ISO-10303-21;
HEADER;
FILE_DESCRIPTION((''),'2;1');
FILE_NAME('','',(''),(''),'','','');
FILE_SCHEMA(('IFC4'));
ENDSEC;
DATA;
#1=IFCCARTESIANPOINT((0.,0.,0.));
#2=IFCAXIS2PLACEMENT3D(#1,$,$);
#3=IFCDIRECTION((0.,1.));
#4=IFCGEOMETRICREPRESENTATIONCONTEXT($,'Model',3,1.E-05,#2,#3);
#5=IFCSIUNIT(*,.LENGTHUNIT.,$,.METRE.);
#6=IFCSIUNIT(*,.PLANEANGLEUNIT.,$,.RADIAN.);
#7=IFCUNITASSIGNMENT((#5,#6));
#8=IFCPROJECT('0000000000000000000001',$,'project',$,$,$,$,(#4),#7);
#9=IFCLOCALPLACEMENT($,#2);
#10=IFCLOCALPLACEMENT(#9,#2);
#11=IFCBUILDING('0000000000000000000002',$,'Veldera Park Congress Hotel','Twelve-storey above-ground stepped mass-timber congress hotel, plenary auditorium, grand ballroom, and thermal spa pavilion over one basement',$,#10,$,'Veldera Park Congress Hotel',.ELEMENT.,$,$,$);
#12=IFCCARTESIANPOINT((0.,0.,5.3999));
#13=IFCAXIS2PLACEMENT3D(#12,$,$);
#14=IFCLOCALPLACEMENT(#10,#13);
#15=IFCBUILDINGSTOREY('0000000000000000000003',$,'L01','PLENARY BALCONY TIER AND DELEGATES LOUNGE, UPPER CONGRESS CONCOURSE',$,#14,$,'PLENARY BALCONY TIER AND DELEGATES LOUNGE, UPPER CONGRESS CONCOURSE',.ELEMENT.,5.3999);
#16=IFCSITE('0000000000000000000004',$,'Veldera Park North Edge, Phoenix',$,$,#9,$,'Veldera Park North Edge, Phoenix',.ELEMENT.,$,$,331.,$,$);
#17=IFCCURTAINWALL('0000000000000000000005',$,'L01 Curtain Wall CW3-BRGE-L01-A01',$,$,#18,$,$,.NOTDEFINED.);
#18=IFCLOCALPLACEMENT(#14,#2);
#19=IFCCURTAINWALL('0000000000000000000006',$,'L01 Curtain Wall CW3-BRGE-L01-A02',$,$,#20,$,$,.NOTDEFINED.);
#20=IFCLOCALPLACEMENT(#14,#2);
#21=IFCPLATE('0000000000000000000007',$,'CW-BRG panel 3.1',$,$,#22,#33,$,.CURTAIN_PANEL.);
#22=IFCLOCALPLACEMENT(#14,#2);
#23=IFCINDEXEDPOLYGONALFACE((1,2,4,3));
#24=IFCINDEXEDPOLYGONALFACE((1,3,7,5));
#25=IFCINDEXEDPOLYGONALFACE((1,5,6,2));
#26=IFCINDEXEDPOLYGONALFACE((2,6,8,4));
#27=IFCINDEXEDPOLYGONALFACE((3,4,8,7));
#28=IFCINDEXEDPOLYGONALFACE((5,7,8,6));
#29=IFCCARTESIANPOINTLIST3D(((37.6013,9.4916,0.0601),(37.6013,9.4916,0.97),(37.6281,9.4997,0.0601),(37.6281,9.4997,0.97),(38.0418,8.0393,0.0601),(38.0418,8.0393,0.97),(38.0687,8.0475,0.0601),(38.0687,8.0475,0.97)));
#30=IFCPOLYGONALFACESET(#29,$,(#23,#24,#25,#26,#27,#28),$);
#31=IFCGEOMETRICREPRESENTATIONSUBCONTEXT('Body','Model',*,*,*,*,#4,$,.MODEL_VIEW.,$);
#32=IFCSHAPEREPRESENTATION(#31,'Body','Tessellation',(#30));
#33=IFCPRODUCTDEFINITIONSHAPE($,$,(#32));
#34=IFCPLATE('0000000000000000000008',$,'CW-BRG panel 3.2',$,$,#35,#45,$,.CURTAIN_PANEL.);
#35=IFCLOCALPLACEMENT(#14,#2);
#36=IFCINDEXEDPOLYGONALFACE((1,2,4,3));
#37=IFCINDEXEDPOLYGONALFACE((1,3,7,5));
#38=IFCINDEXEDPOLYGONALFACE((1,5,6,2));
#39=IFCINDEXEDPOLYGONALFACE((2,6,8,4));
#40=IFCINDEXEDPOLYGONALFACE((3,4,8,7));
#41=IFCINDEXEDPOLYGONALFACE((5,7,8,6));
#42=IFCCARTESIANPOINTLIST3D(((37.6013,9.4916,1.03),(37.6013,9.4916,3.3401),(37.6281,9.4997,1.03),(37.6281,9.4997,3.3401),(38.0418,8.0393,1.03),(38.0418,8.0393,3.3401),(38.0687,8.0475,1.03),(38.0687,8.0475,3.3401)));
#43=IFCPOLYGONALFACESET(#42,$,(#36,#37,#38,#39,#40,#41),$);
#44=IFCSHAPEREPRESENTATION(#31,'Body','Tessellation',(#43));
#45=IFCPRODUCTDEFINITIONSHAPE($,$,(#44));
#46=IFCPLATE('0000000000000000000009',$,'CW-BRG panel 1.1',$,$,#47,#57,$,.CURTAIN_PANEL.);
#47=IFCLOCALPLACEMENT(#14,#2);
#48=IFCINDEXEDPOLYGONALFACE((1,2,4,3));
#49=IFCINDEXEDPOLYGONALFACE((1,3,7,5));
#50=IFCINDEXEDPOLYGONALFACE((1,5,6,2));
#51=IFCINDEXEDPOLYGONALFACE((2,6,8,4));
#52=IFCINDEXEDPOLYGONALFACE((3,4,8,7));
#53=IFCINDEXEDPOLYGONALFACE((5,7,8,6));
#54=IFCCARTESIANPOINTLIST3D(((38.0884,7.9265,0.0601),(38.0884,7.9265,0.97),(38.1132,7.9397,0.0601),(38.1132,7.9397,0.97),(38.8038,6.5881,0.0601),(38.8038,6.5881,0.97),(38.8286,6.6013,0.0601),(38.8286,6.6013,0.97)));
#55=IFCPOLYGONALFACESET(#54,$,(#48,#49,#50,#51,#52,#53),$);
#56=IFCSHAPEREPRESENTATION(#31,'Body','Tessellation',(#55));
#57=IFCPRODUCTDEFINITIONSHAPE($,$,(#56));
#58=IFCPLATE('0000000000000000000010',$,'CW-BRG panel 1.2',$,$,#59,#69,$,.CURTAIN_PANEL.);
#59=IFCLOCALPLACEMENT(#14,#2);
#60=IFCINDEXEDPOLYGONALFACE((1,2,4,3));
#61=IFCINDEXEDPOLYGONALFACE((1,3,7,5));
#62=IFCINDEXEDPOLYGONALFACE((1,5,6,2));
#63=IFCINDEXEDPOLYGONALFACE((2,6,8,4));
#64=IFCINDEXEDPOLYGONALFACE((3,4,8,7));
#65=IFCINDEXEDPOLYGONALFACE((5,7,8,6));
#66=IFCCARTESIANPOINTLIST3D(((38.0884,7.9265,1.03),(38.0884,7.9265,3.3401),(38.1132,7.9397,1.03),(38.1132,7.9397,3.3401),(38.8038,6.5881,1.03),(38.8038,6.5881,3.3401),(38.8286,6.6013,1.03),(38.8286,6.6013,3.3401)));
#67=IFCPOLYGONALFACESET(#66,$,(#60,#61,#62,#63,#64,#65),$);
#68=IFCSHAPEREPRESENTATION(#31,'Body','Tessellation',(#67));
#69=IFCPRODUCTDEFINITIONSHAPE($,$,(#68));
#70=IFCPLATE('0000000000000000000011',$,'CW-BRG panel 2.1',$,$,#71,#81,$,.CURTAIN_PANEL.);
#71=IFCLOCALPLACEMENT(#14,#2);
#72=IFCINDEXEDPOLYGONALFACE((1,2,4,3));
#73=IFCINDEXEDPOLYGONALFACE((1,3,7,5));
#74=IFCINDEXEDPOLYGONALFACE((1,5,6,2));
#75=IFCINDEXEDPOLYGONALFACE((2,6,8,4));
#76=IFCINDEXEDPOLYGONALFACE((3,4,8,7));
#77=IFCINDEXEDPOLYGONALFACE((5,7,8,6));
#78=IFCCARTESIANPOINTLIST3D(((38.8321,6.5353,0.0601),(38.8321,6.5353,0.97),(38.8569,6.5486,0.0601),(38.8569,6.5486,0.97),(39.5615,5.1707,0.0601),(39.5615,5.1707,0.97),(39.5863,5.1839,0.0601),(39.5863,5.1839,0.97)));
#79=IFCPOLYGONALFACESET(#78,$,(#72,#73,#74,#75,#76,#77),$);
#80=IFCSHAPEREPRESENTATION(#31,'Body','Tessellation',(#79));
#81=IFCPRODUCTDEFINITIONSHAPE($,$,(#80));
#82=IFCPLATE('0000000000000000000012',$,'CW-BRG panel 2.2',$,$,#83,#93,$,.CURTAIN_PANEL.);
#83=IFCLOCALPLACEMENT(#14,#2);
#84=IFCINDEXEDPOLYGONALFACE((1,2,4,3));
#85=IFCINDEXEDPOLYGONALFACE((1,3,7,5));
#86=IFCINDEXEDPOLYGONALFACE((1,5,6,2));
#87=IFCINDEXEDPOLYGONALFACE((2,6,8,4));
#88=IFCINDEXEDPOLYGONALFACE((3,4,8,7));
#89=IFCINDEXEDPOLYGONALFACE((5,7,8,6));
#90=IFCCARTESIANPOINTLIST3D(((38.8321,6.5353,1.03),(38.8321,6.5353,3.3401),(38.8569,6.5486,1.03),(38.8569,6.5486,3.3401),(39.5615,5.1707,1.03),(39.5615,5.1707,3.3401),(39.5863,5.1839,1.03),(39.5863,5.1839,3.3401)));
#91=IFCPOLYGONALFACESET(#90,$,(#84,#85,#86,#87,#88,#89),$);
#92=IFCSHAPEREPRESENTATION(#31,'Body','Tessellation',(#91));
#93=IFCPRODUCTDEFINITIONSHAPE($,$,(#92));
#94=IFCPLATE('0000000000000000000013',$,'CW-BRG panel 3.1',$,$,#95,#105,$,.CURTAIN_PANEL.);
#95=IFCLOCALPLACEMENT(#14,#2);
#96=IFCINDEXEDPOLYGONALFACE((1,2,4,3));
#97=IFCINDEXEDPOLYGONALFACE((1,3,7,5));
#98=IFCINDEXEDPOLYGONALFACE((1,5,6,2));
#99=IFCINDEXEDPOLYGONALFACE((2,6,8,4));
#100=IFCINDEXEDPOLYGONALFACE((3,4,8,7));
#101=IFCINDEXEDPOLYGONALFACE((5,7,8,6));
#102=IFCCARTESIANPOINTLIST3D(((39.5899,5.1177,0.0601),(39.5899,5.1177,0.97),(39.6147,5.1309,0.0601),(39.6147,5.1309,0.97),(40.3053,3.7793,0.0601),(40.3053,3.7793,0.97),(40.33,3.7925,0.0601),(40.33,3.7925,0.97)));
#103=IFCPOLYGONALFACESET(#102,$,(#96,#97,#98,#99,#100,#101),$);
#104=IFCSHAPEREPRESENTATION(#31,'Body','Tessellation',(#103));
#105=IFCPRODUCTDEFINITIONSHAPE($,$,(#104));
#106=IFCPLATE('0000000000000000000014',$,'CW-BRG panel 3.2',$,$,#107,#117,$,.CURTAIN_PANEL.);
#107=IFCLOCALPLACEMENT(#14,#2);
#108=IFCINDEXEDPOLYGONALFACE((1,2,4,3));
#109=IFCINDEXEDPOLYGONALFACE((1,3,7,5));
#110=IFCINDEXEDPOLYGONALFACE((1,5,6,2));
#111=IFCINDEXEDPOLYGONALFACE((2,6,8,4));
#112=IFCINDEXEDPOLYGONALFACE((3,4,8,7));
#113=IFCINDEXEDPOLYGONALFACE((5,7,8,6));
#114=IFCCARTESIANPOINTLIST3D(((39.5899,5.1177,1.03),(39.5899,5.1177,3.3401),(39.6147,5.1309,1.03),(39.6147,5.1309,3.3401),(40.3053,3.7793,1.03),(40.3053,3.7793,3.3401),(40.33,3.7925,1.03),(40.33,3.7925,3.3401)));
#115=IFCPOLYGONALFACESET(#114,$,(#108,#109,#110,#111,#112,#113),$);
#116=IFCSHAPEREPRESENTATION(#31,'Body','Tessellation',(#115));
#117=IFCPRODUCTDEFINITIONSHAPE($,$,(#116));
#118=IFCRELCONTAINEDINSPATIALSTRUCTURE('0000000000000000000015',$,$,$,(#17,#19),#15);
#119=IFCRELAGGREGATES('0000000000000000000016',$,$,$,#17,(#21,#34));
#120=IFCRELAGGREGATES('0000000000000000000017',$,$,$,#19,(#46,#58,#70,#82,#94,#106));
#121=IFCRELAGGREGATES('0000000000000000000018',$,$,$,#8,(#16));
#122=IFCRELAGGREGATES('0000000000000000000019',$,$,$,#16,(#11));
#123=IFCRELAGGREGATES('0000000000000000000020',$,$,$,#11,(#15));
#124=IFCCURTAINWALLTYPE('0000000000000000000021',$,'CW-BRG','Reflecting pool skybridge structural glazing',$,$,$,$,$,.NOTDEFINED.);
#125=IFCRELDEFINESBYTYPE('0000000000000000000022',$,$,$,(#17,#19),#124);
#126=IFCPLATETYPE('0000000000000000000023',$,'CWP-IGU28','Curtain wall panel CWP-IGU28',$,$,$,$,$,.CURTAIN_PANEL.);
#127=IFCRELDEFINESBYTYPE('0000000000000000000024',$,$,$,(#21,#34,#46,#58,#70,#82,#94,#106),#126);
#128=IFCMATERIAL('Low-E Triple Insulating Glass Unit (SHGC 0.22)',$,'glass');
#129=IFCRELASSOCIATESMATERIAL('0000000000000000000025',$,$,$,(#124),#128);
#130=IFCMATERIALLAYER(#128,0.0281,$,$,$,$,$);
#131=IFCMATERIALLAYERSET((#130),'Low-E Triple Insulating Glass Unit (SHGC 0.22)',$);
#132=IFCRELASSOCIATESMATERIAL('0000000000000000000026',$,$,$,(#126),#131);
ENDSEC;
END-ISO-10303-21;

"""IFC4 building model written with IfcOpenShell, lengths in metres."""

from ifc_helpers import new_model, si_unit, direction, frame, origin, origin_2d, place, context, subcontext, project, spatial, rectangle, extrude, material, layer, layer_set, type_object, element, aggregate, save


model = new_model("IFC4")

# Units and contexts
model_context = context("Model", 3, precision=1e-05, world=origin(), true_north=direction((0.0, 1.0)))
body_context = subcontext(model_context, "Body", "Model", "MODEL_VIEW")
ifc_project = project(units=[si_unit("LENGTHUNIT", "METRE"), si_unit("PLANEANGLEUNIT", "RADIAN")], contexts=[model_context])

# Site, building, storey
site_placement = place(None, origin())
site = spatial("IfcSite", under=ifc_project, at=site_placement, Name="Veldera Park North Edge, Phoenix", LongName="Veldera Park North Edge, Phoenix", CompositionType="ELEMENT", RefElevation=331.0)
building_placement = place(site_placement, origin())
building = spatial("IfcBuilding", under=site, at=building_placement, Name="Veldera Park Congress Hotel", Description="Twelve-storey above-ground stepped mass-timber congress hotel, plenary auditorium, grand ballroom, and thermal spa pavilion over one basement", LongName="Veldera Park Congress Hotel", CompositionType="ELEMENT")
storey_placement = place(building_placement, frame((0.0, 0.0, 5.3999)))
storey = spatial("IfcBuildingStorey", under=building, at=storey_placement, Name="L01", Description="PLENARY BALCONY TIER AND DELEGATES LOUNGE, UPPER CONGRESS CONCOURSE", LongName="PLENARY BALCONY TIER AND DELEGATES LOUNGE, UPPER CONGRESS CONCOURSE", CompositionType="ELEMENT", Elevation=5.3999)

# Curtain walls
ifc_material_1 = material(Name="Low-E Triple Insulating Glass Unit (SHGC 0.22)", Category="glass")
curtain_wall_type = type_object("IfcCurtainWallType", Name="CW-BRG", Description="Reflecting pool skybridge structural glazing", PredefinedType="NOTDEFINED", material=ifc_material_1)
curtain_wall_1_placement = place(storey_placement, origin())
curtain_wall_1 = element("IfcCurtainWall", 1, at=curtain_wall_1_placement, inside=storey, type_object=curtain_wall_type, Name="L01 Curtain Wall CW3-BRGE-L01-A01", PredefinedType="NOTDEFINED")
curtain_wall_2_placement = place(storey_placement, origin())
curtain_wall_2 = element("IfcCurtainWall", 2, at=curtain_wall_2_placement, inside=storey, type_object=curtain_wall_type, Name="L01 Curtain Wall CW3-BRGE-L01-A02", PredefinedType="NOTDEFINED")

# Plates
ifc_layer = layer(ifc_material_1, 0.0281)
ifc_layer_set = layer_set([ifc_layer], Name="Low-E Triple Insulating Glass Unit (SHGC 0.22)")
plate_type = type_object("IfcPlateType", Name="CWP-IGU28", Description="Curtain wall panel CWP-IGU28", PredefinedType="CURTAIN_PANEL", material=ifc_layer_set)
plate_1_placement = place(storey_placement, frame((37.835, 8.7695, 0.0601), z_axis=(0.0, 0.0, 1.0), x_axis=(0.290288, -0.956939, 0.0)))
plate_1 = element("IfcPlate", 3, at=plate_1_placement, type_object=plate_type, Name="CW-BRG panel 3.1", PredefinedType="CURTAIN_PANEL", context=body_context, shape_type="SweptSolid", body=[
    extrude(rectangle(XDim=1.5176, YDim=0.0281, at=origin_2d()), origin(), (0.0, 0.0, 1.0), 0.9099),
])
plate_2_placement = place(storey_placement, frame((37.835, 8.7695, 1.03), z_axis=(0.0, 0.0, 1.0), x_axis=(0.290288, -0.956939, 0.0)))
plate_2 = element("IfcPlate", 4, at=plate_2_placement, type_object=plate_type, Name="CW-BRG panel 3.2", PredefinedType="CURTAIN_PANEL", context=body_context, shape_type="SweptSolid", body=[
    extrude(rectangle(XDim=1.5176, YDim=0.0281, at=origin_2d()), origin(), (0.0, 0.0, 1.0), 2.3101),
])
aggregate(curtain_wall_1, [plate_1, plate_2])
plate_3_placement = place(storey_placement, frame((38.4585, 7.2639, 0.0601), z_axis=(0.0, 0.0, 1.0), x_axis=(0.471385, -0.881928, 0.0)))
plate_3 = element("IfcPlate", 5, at=plate_3_placement, type_object=plate_type, Name="CW-BRG panel 1.1", PredefinedType="CURTAIN_PANEL", context=body_context, shape_type="SweptSolid", body=[
    extrude(rectangle(XDim=1.5176, YDim=0.0281, at=origin_2d()), origin(), (0.0, 0.0, 1.0), 0.9099),
])
plate_4_placement = place(storey_placement, frame((38.4585, 7.2639, 1.03), z_axis=(0.0, 0.0, 1.0), x_axis=(0.471385, -0.881928, 0.0)))
plate_4 = element("IfcPlate", 6, at=plate_4_placement, type_object=plate_type, Name="CW-BRG panel 1.2", PredefinedType="CURTAIN_PANEL", context=body_context, shape_type="SweptSolid", body=[
    extrude(rectangle(XDim=1.5176, YDim=0.0281, at=origin_2d()), origin(), (0.0, 0.0, 1.0), 2.3101),
])
plate_5_placement = place(storey_placement, frame((39.2092, 5.8596, 0.0601), z_axis=(0.0, 0.0, 1.0), x_axis=(0.471385, -0.881928, 0.0)))
plate_5 = element("IfcPlate", 7, at=plate_5_placement, type_object=plate_type, Name="CW-BRG panel 2.1", PredefinedType="CURTAIN_PANEL", context=body_context, shape_type="SweptSolid", body=[
    extrude(rectangle(XDim=1.5474, YDim=0.0281, at=origin_2d()), origin(), (0.0, 0.0, 1.0), 0.9099),
])
plate_6_placement = place(storey_placement, frame((39.2092, 5.8596, 1.03), z_axis=(0.0, 0.0, 1.0), x_axis=(0.471385, -0.881928, 0.0)))
plate_6 = element("IfcPlate", 8, at=plate_6_placement, type_object=plate_type, Name="CW-BRG panel 2.2", PredefinedType="CURTAIN_PANEL", context=body_context, shape_type="SweptSolid", body=[
    extrude(rectangle(XDim=1.5474, YDim=0.0281, at=origin_2d()), origin(), (0.0, 0.0, 1.0), 2.3101),
])
plate_7_placement = place(storey_placement, frame((39.96, 4.4551, 0.0601), z_axis=(0.0, 0.0, 1.0), x_axis=(0.471385, -0.881928, 0.0)))
plate_7 = element("IfcPlate", 9, at=plate_7_placement, type_object=plate_type, Name="CW-BRG panel 3.1", PredefinedType="CURTAIN_PANEL", context=body_context, shape_type="SweptSolid", body=[
    extrude(rectangle(XDim=1.5176, YDim=0.0281, at=origin_2d()), origin(), (0.0, 0.0, 1.0), 0.9099),
])
plate_8_placement = place(storey_placement, frame((39.96, 4.4551, 1.03), z_axis=(0.0, 0.0, 1.0), x_axis=(0.471385, -0.881928, 0.0)))
plate_8 = element("IfcPlate", 10, at=plate_8_placement, type_object=plate_type, Name="CW-BRG panel 3.2", PredefinedType="CURTAIN_PANEL", context=body_context, shape_type="SweptSolid", body=[
    extrude(rectangle(XDim=1.5176, YDim=0.0281, at=origin_2d()), origin(), (0.0, 0.0, 1.0), 2.3101),
])
aggregate(curtain_wall_2, [plate_3, plate_4, plate_5, plate_6, plate_7, plate_8])

save(model, "model.ifc")
